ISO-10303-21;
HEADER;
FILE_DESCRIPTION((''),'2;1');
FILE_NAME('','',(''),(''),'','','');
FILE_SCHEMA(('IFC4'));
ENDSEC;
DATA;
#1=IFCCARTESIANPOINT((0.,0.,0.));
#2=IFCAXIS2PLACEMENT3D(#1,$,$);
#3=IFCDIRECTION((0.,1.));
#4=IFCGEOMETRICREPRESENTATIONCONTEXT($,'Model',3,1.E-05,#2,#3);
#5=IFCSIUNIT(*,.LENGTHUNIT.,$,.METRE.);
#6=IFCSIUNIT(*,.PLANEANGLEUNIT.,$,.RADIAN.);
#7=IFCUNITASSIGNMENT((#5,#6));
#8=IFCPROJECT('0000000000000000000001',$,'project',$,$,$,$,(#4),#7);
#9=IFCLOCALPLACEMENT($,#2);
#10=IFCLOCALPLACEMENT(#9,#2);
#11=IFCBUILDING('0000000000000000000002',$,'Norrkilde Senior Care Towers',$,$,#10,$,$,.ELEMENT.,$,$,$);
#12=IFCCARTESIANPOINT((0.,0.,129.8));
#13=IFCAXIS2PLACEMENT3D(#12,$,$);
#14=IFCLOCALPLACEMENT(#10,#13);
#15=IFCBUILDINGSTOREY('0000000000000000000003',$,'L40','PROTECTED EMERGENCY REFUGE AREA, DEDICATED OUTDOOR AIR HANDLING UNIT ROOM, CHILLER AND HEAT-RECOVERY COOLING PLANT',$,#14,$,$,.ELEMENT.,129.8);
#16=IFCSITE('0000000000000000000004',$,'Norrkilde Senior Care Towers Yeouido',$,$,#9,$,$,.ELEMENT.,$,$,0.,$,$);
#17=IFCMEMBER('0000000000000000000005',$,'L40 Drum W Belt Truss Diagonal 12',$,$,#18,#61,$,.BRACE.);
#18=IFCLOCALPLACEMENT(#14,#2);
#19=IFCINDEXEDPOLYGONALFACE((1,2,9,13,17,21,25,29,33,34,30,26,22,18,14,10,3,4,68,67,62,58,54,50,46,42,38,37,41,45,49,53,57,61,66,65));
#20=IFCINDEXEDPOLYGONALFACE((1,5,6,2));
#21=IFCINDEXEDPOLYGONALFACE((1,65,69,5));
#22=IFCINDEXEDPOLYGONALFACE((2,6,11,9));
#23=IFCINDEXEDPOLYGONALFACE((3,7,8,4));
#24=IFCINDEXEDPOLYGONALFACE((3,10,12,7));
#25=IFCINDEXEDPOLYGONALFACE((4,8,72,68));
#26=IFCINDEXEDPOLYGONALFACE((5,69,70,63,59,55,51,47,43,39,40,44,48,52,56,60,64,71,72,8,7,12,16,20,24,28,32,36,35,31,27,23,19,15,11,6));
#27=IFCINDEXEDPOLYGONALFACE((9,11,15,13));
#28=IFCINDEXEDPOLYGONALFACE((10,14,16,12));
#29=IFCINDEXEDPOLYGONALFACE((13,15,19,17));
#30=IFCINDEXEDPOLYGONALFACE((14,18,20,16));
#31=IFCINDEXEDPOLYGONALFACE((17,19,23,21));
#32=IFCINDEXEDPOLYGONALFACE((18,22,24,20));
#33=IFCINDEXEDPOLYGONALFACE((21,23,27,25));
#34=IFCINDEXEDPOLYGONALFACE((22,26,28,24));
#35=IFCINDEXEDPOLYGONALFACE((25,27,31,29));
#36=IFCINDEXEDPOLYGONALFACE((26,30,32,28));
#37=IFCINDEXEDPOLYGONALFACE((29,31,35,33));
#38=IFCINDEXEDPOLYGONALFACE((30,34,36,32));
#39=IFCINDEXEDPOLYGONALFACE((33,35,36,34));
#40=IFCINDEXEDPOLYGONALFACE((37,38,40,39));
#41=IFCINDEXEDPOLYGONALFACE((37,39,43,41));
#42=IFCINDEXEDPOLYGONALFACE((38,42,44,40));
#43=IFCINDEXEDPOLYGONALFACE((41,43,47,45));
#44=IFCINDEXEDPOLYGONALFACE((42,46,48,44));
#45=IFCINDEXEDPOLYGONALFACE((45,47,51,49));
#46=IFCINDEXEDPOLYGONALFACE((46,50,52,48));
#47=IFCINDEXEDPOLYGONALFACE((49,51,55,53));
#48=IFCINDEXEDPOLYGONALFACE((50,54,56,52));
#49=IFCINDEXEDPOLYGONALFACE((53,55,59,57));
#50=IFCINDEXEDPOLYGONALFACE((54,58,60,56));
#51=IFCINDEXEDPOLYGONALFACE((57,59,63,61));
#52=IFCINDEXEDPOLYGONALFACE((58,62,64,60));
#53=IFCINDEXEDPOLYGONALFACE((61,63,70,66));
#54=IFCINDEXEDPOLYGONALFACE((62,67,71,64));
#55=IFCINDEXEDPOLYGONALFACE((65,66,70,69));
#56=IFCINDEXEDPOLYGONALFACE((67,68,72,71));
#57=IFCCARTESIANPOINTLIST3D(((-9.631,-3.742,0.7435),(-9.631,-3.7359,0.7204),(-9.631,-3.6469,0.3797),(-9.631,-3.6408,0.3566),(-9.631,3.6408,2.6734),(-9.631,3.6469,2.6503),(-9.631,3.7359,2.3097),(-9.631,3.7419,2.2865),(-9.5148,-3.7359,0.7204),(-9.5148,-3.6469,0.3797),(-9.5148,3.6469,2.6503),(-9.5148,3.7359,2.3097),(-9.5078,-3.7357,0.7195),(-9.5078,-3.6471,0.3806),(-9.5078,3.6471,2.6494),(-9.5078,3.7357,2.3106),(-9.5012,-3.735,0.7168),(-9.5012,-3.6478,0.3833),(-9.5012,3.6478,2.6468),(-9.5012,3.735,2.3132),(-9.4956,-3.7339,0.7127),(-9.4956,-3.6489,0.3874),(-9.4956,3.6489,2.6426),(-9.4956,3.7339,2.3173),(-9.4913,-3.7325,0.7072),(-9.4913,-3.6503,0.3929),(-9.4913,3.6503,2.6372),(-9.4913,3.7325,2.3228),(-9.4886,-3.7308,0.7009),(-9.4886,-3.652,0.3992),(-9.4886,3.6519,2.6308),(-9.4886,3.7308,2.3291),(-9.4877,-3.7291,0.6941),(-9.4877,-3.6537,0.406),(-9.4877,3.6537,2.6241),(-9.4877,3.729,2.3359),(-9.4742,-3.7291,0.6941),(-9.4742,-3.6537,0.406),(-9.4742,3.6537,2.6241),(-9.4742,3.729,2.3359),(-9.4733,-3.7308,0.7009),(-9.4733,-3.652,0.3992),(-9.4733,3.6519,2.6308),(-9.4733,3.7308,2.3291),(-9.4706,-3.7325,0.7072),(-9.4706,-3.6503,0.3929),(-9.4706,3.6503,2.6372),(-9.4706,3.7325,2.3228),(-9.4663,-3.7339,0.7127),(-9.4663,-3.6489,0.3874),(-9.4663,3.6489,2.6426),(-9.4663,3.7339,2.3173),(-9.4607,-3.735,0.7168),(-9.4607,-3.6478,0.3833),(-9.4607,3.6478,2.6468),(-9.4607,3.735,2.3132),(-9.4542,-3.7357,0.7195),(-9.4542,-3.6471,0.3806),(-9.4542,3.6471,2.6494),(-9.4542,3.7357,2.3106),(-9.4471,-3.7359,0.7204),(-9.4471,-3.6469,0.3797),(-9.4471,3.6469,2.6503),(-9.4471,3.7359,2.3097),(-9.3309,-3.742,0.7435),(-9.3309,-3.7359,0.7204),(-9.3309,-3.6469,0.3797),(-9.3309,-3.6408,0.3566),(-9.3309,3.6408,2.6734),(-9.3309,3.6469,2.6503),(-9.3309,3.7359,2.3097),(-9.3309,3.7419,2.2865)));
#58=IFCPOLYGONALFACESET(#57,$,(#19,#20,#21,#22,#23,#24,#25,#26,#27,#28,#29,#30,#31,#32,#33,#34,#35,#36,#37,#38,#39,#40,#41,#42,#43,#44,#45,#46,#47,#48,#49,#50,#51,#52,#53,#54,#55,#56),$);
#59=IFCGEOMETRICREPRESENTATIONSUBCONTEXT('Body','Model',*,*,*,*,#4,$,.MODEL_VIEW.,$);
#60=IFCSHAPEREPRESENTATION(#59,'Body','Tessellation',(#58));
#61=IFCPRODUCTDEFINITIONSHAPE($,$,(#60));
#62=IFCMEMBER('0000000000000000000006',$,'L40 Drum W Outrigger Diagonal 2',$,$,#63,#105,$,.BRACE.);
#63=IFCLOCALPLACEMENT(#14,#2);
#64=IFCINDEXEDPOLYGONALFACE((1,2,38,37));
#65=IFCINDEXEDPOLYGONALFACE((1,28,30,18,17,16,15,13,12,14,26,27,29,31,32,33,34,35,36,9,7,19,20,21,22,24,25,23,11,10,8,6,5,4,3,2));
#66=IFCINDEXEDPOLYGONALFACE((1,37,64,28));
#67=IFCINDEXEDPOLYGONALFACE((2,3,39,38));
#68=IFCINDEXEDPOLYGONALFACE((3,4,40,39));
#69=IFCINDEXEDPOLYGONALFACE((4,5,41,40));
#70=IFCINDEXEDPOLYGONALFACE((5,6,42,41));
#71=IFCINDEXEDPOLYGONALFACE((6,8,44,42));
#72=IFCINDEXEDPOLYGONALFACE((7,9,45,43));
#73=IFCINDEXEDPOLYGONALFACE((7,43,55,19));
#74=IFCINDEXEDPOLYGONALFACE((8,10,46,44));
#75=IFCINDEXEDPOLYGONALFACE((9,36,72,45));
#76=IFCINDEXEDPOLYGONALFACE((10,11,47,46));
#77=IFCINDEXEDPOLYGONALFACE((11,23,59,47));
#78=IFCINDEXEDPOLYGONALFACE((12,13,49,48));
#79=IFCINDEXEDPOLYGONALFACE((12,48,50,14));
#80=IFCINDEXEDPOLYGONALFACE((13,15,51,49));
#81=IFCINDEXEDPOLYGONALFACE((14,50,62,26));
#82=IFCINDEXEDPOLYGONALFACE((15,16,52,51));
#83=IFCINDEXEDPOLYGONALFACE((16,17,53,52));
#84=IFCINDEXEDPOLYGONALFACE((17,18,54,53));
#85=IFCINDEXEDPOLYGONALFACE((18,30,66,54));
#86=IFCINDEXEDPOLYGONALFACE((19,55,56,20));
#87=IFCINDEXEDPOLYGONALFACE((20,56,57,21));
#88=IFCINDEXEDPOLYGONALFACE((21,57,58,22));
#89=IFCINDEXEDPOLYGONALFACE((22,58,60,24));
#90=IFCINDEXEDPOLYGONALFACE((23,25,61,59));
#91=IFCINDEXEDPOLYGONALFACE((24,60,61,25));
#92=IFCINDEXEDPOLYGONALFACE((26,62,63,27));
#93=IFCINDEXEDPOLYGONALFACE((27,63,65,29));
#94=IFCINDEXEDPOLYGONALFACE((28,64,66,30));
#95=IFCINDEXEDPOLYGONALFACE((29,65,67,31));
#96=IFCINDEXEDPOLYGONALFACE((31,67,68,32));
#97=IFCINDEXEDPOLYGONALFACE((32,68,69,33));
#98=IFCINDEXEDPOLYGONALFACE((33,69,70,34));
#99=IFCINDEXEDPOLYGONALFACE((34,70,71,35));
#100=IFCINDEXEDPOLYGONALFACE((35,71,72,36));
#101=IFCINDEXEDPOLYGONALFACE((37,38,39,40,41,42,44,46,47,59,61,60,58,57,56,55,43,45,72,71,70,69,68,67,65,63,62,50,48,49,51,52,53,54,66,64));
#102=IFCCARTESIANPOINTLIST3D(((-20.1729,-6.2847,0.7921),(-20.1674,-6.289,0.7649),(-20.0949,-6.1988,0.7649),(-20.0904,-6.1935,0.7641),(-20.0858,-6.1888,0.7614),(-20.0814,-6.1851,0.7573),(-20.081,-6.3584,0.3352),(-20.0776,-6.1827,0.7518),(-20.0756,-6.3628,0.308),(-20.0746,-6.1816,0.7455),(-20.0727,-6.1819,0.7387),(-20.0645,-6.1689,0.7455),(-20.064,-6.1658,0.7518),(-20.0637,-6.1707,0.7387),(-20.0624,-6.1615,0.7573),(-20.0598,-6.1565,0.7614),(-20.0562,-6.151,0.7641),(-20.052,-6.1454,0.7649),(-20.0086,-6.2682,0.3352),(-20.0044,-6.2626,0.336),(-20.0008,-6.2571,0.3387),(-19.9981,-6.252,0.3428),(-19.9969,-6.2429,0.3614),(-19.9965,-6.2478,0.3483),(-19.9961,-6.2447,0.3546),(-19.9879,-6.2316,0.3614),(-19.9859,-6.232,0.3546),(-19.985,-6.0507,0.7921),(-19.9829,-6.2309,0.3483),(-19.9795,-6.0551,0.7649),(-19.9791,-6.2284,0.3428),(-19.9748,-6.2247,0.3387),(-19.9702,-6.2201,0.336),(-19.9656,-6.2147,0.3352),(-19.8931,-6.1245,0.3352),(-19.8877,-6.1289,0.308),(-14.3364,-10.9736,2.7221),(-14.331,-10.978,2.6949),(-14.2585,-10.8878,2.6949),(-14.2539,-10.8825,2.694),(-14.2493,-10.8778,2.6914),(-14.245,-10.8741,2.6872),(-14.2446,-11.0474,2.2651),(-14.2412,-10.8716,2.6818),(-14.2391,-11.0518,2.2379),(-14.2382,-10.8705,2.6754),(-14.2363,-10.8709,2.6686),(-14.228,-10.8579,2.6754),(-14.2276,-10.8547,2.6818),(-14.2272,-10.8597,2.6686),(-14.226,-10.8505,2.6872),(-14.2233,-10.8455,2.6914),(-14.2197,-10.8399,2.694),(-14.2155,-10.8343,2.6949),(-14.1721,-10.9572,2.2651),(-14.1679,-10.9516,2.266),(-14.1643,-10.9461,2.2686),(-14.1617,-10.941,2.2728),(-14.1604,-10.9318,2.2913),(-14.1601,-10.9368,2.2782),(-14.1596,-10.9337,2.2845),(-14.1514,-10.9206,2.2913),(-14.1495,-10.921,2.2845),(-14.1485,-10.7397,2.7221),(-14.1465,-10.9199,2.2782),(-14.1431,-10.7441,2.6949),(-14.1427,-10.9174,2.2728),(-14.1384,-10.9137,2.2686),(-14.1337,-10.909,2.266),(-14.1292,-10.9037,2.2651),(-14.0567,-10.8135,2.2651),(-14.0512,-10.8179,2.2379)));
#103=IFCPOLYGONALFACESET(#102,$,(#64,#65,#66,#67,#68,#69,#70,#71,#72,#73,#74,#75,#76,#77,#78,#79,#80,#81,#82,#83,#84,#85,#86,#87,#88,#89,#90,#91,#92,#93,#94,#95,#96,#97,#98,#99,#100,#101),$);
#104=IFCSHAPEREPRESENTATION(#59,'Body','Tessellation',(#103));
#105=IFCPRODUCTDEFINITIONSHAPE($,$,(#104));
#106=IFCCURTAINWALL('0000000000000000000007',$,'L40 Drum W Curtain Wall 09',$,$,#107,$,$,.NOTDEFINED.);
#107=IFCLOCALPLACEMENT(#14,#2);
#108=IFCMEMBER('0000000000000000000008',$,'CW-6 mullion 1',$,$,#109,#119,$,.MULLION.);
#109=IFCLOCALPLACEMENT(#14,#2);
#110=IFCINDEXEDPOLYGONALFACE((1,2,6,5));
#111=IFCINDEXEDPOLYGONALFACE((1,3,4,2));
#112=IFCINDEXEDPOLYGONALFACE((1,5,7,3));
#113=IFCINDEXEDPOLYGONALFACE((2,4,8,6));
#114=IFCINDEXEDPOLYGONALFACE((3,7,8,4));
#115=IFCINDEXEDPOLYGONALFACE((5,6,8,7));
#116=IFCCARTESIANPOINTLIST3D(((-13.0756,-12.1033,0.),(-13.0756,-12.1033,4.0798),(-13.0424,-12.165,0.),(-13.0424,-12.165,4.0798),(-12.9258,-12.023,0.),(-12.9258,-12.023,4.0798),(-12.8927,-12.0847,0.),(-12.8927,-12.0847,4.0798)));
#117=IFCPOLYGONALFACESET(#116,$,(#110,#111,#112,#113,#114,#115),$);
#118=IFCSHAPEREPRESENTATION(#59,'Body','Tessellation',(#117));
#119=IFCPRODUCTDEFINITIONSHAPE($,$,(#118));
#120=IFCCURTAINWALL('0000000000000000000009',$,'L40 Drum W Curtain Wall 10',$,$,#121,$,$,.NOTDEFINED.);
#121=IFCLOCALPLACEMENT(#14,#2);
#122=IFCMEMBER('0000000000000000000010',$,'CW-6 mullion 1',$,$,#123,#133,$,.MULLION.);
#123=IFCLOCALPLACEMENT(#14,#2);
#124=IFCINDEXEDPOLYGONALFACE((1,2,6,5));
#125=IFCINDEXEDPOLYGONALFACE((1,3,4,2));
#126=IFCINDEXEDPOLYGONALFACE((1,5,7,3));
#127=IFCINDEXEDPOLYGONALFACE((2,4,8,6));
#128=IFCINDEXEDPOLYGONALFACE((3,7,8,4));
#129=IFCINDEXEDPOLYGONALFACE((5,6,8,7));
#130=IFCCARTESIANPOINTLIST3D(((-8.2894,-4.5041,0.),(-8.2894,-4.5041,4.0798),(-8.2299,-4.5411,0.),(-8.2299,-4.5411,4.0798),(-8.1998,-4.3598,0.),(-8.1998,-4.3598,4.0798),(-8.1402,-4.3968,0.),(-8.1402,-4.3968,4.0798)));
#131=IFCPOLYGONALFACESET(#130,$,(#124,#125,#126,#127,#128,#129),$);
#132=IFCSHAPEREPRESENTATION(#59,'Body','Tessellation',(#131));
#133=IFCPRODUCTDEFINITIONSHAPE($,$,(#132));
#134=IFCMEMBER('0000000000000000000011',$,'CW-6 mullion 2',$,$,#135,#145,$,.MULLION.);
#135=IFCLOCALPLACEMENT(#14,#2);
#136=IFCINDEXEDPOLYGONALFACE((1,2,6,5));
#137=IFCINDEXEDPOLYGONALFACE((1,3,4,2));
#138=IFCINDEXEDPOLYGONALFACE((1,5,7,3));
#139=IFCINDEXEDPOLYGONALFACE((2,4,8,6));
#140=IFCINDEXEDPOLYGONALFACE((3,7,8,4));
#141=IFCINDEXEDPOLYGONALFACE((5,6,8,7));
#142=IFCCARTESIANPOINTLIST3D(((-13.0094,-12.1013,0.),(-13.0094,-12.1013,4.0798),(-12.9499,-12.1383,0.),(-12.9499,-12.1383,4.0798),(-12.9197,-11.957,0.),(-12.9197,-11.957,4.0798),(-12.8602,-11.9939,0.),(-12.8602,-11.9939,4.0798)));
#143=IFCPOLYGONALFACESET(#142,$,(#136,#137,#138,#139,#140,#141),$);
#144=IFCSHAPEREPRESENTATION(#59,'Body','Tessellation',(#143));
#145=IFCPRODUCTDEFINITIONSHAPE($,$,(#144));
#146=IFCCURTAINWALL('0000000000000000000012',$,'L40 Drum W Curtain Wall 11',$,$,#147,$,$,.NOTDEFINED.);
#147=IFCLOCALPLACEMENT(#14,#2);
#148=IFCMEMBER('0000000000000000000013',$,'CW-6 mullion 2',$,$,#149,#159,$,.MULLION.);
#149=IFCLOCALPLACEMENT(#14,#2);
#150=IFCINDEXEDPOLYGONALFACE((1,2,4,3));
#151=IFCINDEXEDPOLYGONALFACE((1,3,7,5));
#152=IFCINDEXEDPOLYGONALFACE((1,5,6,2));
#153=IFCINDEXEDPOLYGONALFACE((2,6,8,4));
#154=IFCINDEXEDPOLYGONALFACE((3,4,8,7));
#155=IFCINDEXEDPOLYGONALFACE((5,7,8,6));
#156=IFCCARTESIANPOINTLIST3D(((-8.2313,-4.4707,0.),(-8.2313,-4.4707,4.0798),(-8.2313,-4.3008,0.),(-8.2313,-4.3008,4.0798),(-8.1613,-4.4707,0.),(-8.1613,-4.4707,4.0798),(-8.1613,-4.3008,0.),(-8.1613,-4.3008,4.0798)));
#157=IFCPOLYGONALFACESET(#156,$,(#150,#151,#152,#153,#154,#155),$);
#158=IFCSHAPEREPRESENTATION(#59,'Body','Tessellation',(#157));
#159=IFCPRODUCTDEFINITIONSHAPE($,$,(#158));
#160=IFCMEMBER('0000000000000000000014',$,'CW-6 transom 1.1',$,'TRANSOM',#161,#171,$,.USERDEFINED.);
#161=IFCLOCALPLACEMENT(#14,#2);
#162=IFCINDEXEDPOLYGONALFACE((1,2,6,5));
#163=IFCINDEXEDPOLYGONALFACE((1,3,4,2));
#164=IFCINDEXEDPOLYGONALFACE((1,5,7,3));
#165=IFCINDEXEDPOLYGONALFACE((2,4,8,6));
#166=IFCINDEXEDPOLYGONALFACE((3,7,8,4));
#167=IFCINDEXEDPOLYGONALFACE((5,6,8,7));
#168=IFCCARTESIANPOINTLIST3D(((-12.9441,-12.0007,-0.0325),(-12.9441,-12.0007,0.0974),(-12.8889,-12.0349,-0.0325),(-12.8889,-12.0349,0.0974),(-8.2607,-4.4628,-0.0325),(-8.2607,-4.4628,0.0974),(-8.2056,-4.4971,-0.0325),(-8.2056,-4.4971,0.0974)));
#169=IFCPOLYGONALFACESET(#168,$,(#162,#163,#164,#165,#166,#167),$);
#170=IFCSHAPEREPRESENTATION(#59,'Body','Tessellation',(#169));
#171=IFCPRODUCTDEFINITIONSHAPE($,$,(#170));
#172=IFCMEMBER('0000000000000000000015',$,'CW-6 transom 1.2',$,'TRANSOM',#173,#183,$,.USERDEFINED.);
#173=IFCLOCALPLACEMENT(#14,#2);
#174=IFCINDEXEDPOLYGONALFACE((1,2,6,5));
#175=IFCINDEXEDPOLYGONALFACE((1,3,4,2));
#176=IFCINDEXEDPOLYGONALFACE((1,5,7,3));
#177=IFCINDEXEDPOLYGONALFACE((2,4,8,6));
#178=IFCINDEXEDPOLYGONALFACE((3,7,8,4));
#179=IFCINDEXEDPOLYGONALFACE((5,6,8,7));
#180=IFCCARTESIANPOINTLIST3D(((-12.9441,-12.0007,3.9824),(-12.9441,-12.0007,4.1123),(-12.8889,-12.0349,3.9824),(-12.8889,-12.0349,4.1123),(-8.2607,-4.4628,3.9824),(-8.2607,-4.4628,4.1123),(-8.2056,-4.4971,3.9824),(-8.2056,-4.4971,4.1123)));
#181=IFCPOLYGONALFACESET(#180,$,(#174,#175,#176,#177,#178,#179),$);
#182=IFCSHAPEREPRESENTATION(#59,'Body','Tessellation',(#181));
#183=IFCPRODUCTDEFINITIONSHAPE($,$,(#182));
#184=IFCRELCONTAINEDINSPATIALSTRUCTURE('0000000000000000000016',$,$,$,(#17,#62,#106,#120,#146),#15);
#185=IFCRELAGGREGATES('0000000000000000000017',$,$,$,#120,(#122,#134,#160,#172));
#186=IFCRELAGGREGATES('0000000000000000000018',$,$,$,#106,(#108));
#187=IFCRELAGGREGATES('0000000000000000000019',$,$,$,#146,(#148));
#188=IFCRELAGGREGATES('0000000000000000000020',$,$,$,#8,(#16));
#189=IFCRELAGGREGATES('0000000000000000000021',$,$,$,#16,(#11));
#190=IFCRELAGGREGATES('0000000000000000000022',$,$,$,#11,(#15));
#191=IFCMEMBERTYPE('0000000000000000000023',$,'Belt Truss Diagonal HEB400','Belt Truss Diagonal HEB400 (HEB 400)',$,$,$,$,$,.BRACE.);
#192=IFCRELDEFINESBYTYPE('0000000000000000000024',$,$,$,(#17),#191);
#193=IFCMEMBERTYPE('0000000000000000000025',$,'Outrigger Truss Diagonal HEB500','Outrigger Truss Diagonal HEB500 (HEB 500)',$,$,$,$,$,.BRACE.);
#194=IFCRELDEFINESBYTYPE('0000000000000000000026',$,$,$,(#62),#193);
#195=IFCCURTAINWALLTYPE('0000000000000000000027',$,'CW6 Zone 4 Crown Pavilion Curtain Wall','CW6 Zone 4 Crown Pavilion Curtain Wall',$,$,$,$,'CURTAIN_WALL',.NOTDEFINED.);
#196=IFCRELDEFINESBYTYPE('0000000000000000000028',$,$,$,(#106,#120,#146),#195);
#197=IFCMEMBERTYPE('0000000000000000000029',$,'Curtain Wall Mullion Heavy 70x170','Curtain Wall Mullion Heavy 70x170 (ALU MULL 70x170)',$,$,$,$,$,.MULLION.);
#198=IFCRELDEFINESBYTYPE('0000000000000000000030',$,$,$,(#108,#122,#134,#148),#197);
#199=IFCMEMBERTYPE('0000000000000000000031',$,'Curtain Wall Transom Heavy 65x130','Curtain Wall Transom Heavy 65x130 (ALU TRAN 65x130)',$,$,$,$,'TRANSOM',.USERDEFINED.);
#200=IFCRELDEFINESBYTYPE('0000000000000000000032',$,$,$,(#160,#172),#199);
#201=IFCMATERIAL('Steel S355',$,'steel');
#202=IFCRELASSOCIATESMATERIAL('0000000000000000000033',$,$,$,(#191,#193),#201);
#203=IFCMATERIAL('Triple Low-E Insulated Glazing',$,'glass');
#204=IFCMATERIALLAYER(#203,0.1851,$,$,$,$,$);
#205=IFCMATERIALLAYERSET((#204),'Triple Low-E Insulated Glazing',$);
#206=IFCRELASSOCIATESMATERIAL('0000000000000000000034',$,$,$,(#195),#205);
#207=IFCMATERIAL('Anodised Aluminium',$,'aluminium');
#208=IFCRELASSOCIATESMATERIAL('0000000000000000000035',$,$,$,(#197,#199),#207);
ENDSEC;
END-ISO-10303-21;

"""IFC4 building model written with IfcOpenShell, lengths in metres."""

from ifc_helpers import new_model, si_unit, direction, frame, origin, origin_2d, place, context, subcontext, project, spatial, rectangle, i_section, extrude, source, transform, mapped, material, layer, layer_set, material_profile, profile_set, type_object, type_shapes, element, aggregate, save


model = new_model("IFC4")

# Units and contexts
model_context = context("Model", 3, precision=1e-05, world=origin(), true_north=direction((0.0, 1.0)))
body_context = subcontext(model_context, "Body", "Model", "MODEL_VIEW")
ifc_project = project(units=[si_unit("LENGTHUNIT", "METRE"), si_unit("PLANEANGLEUNIT", "RADIAN")], contexts=[model_context])

# Site, building, storey
site_placement = place(None, origin())
site = spatial("IfcSite", under=ifc_project, at=site_placement, Name="Norrkilde Senior Care Towers Yeouido", CompositionType="ELEMENT", RefElevation=0.0)
building_placement = place(site_placement, origin())
building = spatial("IfcBuilding", under=site, at=building_placement, Name="Norrkilde Senior Care Towers", CompositionType="ELEMENT")
storey_placement = place(building_placement, frame((0.0, 0.0, 129.8)))
storey = spatial("IfcBuildingStorey", under=building, at=storey_placement, Name="L40", Description="PROTECTED EMERGENCY REFUGE AREA, DEDICATED OUTDOOR AIR HANDLING UNIT ROOM, CHILLER AND HEAT-RECOVERY COOLING PLANT", CompositionType="ELEMENT", Elevation=129.8)

# Members
ifc_material_1 = material(Name="Steel S355", Category="steel")
ifc_material_profile_1 = material_profile(ifc_material_1, i_section(OverallWidth=0.3, OverallDepth=0.3999, WebThickness=0.0134, FlangeThickness=0.0239, FilletRadius=0.0271, at=origin_2d()), Name="HEB 400")
ifc_profile_set_1 = profile_set([ifc_material_profile_1], Name="Steel S355")
member_type_1 = type_object("IfcMemberType", Name="Belt Truss Diagonal HEB400", Description="Belt Truss Diagonal HEB400 (HEB 400)", PredefinedType="BRACE", material=ifc_profile_set_1)
shared_shape_1 = source(origin(), body_context, "Body", "SweptSolid", [
    extrude(i_section(OverallWidth=0.3, OverallDepth=0.3999, WebThickness=0.0134, FlangeThickness=0.0239, FilletRadius=0.0271, at=origin_2d()), origin(), (0.0, 0.0, 1.0), 7.6309),
])
member_1_placement = place(storey_placement, frame((-9.481, -3.6914, 0.55), z_axis=(0.0, 0.96749, 0.25291), x_axis=(-1.0, 0.0, 0.0)))
element("IfcMember", 1, at=member_1_placement, inside=storey, type_object=member_type_1, Name="L40 Drum W Belt Truss Diagonal 12", PredefinedType="BRACE", context=body_context, shape_type="MappedRepresentation", body=[
    mapped(shared_shape_1, transform((0.0, 0.0, 0.0), x_axis=(1.0, 0.0, 0.0), y_axis=(0.0, 1.0, 0.0), z_axis=(0.0, 0.0, 1.0), scale=1.0)),
])
ifc_material_profile_2 = material_profile(ifc_material_1, i_section(OverallWidth=0.3, OverallDepth=0.5, WebThickness=0.0144, FlangeThickness=0.0281, FilletRadius=0.0271, at=origin_2d()), Name="HEB 500")
ifc_profile_set_2 = profile_set([ifc_material_profile_2], Name="Steel S355")
member_type_2 = type_object("IfcMemberType", Name="Outrigger Truss Diagonal HEB500", Description="Outrigger Truss Diagonal HEB500 (HEB 500)", PredefinedType="BRACE", material=ifc_profile_set_2)
shared_shape_2 = source(origin(), body_context, "Body", "SweptSolid", [
    extrude(i_section(OverallWidth=0.3, OverallDepth=0.5, WebThickness=0.0144, FlangeThickness=0.0281, FilletRadius=0.0271, at=origin_2d()), origin(), (0.0, 0.0, 1.0), 7.7314),
])
type_shapes(member_type_2, [shared_shape_2])
member_2_placement = place(storey_placement, frame((-20.0303, -6.2068, 0.55), z_axis=(0.754897, -0.606482, 0.249622), x_axis=(0.626308, 0.779575, 0.0)))
element("IfcMember", 2, at=member_2_placement, inside=storey, type_object=member_type_2, Name="L40 Drum W Outrigger Diagonal 2", PredefinedType="BRACE", context=body_context, shape_type="MappedRepresentation", body=[
    mapped(shared_shape_2, transform((0.0, 0.0, 0.0), x_axis=(1.0, 0.0, 0.0), y_axis=(0.0, 1.0, 0.0), z_axis=(0.0, 0.0, 1.0), scale=1.0)),
])

# Curtain wall, member
ifc_material_2 = material(Name="Triple Low-E Insulated Glazing", Category="glass")
ifc_layer_1 = layer(ifc_material_2, 0.1851)
ifc_layer_set_1 = layer_set([ifc_layer_1], Name="Triple Low-E Insulated Glazing")
curtain_wall_type = type_object("IfcCurtainWallType", Name="CW6 Zone 4 Crown Pavilion Curtain Wall", Description="CW6 Zone 4 Crown Pavilion Curtain Wall", ElementType="CURTAIN_WALL", PredefinedType="NOTDEFINED", material=ifc_layer_set_1)
curtain_wall_1_placement = place(storey_placement, origin())
curtain_wall_1 = element("IfcCurtainWall", 3, at=curtain_wall_1_placement, inside=storey, type_object=curtain_wall_type, Name="L40 Drum W Curtain Wall 09", PredefinedType="NOTDEFINED")
ifc_material_3 = material(Name="Anodised Aluminium", Category="aluminium")
ifc_material_profile_3 = material_profile(ifc_material_3, rectangle(XDim=0.0701, YDim=0.1699, at=origin_2d()), Name="ALU MULL 70x170")
ifc_profile_set_3 = profile_set([ifc_material_profile_3], Name="Anodised Aluminium")
member_type_3 = type_object("IfcMemberType", Name="Curtain Wall Mullion Heavy 70x170", Description="Curtain Wall Mullion Heavy 70x170 (ALU MULL 70x170)", PredefinedType="MULLION", material=ifc_profile_set_3)
shared_shape_3 = source(origin(), body_context, "Body", "SweptSolid", [
    extrude(rectangle(XDim=0.0701, YDim=0.1699, at=origin_2d()), origin(), (0.0, 0.0, 1.0), 4.0798),
])
type_shapes(member_type_3, [shared_shape_3])
member_3_placement = place(storey_placement, frame((-12.9841, -12.094, 0.0), z_axis=(0.0, 0.0, 1.0), x_axis=(0.472769, -0.881186, 0.0)))
member_3 = element("IfcMember", 4, at=member_3_placement, type_object=member_type_3, Name="CW-6 mullion 1", PredefinedType="MULLION", context=body_context, shape_type="MappedRepresentation", body=[
    mapped(shared_shape_3, transform((0.0, 0.0, 0.0), x_axis=(1.0, 0.0, 0.0), y_axis=(0.0, 1.0, 0.0), z_axis=(0.0, 0.0, 1.0), scale=1.0)),
])

# Curtain wall, members
curtain_wall_2_placement = place(storey_placement, origin())
curtain_wall_2 = element("IfcCurtainWall", 5, at=curtain_wall_2_placement, inside=storey, type_object=curtain_wall_type, Name="L40 Drum W Curtain Wall 10", PredefinedType="NOTDEFINED")
member_4_placement = place(storey_placement, frame((-8.2148, -4.4504, 0.0), z_axis=(0.0, 0.0, 1.0), x_axis=(0.84941, -0.527733, 0.0)))
member_4 = element("IfcMember", 6, at=member_4_placement, type_object=member_type_3, Name="CW-6 mullion 1", PredefinedType="MULLION", context=body_context, shape_type="MappedRepresentation", body=[
    mapped(shared_shape_3, transform((0.0, 0.0, 0.0), x_axis=(1.0, 0.0, 0.0), y_axis=(0.0, 1.0, 0.0), z_axis=(0.0, 0.0, 1.0), scale=1.0)),
])
member_5_placement = place(storey_placement, frame((-12.9348, -12.0476, 0.0), z_axis=(0.0, 0.0, 1.0), x_axis=(0.84941, -0.527733, 0.0)))
member_5 = element("IfcMember", 7, at=member_5_placement, type_object=member_type_3, Name="CW-6 mullion 2", PredefinedType="MULLION", context=body_context, shape_type="MappedRepresentation", body=[
    mapped(shared_shape_3, transform((0.0, 0.0, 0.0), x_axis=(1.0, 0.0, 0.0), y_axis=(0.0, 1.0, 0.0), z_axis=(0.0, 0.0, 1.0), scale=1.0)),
])

# Curtain wall, member
curtain_wall_3_placement = place(storey_placement, origin())
curtain_wall_3 = element("IfcCurtainWall", 8, at=curtain_wall_3_placement, inside=storey, type_object=curtain_wall_type, Name="L40 Drum W Curtain Wall 11", PredefinedType="NOTDEFINED")
member_6_placement = place(storey_placement, frame((-8.1963, -4.3857, 0.0), z_axis=(0.0, 0.0, 1.0), x_axis=(1.0, 0.0, 0.0)))
member_6 = element("IfcMember", 9, at=member_6_placement, type_object=member_type_3, Name="CW-6 mullion 2", PredefinedType="MULLION", context=body_context, shape_type="MappedRepresentation", body=[
    mapped(shared_shape_3, transform((0.0, 0.0, 0.0), x_axis=(1.0, 0.0, 0.0), y_axis=(0.0, 1.0, 0.0), z_axis=(0.0, 0.0, 1.0), scale=1.0)),
])

# Members
ifc_material_profile_4 = material_profile(ifc_material_3, rectangle(XDim=0.0649, YDim=0.1299, at=origin_2d()), Name="ALU TRAN 65x130")
ifc_profile_set_4 = profile_set([ifc_material_profile_4], Name="Anodised Aluminium")
member_type_4 = type_object("IfcMemberType", Name="Curtain Wall Transom Heavy 65x130", Description="Curtain Wall Transom Heavy 65x130 (ALU TRAN 65x130)", ElementType="TRANSOM", PredefinedType="USERDEFINED", material=ifc_profile_set_4)
shared_shape_4 = source(origin(), body_context, "Body", "SweptSolid", [
    extrude(rectangle(XDim=0.0649, YDim=0.1299, at=origin_2d()), origin(), (0.0, 0.0, 1.0), 8.8743),
])
member_7_placement = place(storey_placement, frame((-8.2332, -4.48, 0.0325), z_axis=(-0.527744, -0.849403, 0.0), x_axis=(0.849403, -0.527744, 0.0)))
member_7 = element("IfcMember", 10, at=member_7_placement, type_object=member_type_4, Name="CW-6 transom 1.1", ObjectType="TRANSOM", PredefinedType="USERDEFINED", context=body_context, shape_type="MappedRepresentation", body=[
    mapped(shared_shape_4, transform((0.0, 0.0, 0.0), x_axis=(1.0, 0.0, 0.0), y_axis=(0.0, 1.0, 0.0), z_axis=(0.0, 0.0, 1.0), scale=1.0)),
])
member_8_placement = place(storey_placement, frame((-8.2332, -4.48, 4.0474), z_axis=(-0.527744, -0.849403, 0.0), x_axis=(0.849403, -0.527744, 0.0)))
member_8 = element("IfcMember", 11, at=member_8_placement, type_object=member_type_4, Name="CW-6 transom 1.2", ObjectType="TRANSOM", PredefinedType="USERDEFINED", context=body_context, shape_type="MappedRepresentation", body=[
    mapped(shared_shape_4, transform((0.0, 0.0, 0.0), x_axis=(1.0, 0.0, 0.0), y_axis=(0.0, 1.0, 0.0), z_axis=(0.0, 0.0, 1.0), scale=1.0)),
])

aggregate(curtain_wall_2, [member_4, member_5, member_7, member_8])
aggregate(curtain_wall_1, [member_3])
aggregate(curtain_wall_3, [member_6])

save(model, "model.ifc")
